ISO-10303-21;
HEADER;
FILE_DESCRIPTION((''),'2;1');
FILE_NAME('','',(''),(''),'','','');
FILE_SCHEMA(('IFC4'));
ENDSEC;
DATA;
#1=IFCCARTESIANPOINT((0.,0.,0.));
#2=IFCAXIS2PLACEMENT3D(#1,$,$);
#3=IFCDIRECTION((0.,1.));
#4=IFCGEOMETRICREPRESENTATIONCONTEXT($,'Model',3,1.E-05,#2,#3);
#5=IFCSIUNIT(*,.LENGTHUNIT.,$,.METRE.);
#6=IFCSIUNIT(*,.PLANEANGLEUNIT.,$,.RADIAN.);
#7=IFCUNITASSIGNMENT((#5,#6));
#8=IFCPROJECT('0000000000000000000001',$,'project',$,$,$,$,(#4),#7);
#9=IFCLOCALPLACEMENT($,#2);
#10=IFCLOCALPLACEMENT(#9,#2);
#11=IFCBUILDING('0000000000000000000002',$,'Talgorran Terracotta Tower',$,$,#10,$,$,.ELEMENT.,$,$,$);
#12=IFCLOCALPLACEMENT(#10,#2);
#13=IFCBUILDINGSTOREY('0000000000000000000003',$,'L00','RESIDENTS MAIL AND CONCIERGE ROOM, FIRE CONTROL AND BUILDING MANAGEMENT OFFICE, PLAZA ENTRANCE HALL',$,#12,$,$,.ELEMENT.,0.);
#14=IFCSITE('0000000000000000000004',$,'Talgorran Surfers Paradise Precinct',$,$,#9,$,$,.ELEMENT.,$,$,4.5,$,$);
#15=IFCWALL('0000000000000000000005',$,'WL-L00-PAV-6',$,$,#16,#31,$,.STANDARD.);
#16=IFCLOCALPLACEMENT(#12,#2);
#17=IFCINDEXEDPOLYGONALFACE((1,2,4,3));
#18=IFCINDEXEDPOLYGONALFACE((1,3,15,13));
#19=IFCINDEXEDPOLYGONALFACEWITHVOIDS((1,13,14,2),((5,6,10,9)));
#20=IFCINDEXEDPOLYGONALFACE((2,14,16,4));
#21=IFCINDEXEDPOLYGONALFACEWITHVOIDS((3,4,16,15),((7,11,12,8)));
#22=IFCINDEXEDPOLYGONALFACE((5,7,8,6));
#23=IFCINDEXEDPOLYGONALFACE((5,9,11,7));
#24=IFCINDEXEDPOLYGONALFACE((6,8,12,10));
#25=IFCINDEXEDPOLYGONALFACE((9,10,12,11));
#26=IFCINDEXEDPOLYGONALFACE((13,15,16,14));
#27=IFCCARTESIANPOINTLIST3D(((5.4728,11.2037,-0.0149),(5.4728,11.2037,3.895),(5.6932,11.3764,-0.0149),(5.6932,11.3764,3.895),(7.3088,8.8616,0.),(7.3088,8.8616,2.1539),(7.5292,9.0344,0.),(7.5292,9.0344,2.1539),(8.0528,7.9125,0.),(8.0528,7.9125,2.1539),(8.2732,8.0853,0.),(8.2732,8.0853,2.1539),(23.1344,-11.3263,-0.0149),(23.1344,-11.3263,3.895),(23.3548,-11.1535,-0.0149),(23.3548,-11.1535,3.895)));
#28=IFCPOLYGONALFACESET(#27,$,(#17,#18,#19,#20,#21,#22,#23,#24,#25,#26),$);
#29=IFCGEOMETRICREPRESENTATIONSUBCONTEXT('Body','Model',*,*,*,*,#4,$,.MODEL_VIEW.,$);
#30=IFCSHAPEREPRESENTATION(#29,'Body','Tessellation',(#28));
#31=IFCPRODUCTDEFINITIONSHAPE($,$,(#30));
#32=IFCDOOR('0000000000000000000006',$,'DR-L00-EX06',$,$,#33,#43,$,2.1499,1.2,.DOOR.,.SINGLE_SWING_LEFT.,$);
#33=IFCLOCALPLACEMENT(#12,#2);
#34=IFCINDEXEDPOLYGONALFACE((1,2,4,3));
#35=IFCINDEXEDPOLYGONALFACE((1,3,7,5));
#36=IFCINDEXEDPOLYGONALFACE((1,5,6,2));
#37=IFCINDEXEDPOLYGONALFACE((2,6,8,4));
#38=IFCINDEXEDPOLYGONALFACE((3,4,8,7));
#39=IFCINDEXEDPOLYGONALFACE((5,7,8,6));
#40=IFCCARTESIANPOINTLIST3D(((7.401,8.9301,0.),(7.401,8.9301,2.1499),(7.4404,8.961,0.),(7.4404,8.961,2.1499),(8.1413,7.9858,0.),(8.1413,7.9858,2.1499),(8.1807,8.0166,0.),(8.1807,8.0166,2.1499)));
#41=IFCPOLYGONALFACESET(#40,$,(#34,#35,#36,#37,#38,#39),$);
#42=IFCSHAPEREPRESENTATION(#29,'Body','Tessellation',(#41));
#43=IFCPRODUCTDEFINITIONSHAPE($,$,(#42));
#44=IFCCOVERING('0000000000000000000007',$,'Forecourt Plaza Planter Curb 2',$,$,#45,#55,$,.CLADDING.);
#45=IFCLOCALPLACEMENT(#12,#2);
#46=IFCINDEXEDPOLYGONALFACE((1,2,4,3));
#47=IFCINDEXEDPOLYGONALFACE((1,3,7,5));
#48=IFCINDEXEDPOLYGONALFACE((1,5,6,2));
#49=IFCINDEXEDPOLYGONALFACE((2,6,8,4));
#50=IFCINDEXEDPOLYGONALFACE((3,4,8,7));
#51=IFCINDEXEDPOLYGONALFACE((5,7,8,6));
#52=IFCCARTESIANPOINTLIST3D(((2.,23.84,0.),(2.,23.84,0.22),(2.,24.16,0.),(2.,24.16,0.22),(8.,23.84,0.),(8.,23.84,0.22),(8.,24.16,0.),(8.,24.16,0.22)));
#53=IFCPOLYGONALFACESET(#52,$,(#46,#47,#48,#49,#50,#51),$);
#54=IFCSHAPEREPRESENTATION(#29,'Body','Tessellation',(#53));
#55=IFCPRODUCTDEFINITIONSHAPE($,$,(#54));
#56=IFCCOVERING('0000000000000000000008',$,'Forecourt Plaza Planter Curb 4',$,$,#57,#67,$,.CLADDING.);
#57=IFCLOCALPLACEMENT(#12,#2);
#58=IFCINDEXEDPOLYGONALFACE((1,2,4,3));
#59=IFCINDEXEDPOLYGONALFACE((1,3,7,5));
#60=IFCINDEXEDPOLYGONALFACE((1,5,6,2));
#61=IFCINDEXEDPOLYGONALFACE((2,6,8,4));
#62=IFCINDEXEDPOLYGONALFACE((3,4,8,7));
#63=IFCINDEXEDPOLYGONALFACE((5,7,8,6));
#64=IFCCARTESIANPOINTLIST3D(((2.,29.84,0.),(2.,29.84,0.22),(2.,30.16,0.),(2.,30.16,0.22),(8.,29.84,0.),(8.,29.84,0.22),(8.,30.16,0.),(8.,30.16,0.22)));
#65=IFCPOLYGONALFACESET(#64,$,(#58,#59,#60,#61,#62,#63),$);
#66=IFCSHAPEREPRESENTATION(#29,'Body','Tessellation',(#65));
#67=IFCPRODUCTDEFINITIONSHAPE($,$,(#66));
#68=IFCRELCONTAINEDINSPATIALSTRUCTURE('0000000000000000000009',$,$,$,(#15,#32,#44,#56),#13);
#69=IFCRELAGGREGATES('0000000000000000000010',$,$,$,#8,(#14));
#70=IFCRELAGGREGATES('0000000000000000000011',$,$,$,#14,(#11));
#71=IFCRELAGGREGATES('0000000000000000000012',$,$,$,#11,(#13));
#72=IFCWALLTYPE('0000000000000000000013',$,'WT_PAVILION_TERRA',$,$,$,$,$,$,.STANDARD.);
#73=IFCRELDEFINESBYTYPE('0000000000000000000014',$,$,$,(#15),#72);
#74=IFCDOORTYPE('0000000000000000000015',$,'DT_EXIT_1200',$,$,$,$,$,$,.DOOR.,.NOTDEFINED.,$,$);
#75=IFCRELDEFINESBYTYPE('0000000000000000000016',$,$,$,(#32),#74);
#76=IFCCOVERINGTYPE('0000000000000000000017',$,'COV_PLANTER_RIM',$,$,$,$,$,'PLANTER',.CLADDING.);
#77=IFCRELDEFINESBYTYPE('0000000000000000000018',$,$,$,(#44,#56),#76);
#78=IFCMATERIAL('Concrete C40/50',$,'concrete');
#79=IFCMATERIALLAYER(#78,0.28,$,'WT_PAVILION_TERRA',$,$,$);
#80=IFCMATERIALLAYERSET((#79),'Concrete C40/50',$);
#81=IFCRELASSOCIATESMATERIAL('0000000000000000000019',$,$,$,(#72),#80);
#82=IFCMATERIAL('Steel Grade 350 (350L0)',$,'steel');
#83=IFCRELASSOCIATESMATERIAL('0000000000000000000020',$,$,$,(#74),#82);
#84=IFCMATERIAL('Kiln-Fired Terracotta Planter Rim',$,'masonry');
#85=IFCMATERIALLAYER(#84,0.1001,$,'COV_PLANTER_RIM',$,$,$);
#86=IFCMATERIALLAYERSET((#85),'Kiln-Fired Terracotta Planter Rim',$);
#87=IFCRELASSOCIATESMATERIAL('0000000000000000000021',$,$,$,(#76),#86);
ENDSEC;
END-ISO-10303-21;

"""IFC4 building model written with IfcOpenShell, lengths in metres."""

from ifc_helpers import new_model, si_unit, direction, frame, frame_2d, origin, origin_2d, place, context, subcontext, project, spatial, rectangle, extrude, material, layer, layer_set, type_object, element, fill, save


model = new_model("IFC4")

# Units and contexts
model_context = context("Model", 3, precision=1e-05, world=origin(), true_north=direction((0.0, 1.0)))
body_context = subcontext(model_context, "Body", "Model", "MODEL_VIEW")
ifc_project = project(units=[si_unit("LENGTHUNIT", "METRE"), si_unit("PLANEANGLEUNIT", "RADIAN")], contexts=[model_context])

# Site, building, storey
site_placement = place(None, origin())
site = spatial("IfcSite", under=ifc_project, at=site_placement, Name="Talgorran Surfers Paradise Precinct", CompositionType="ELEMENT", RefElevation=4.5)
building_placement = place(site_placement, origin())
building = spatial("IfcBuilding", under=site, at=building_placement, Name="Talgorran Terracotta Tower", CompositionType="ELEMENT")
storey_placement = place(building_placement, origin())
storey = spatial("IfcBuildingStorey", under=building, at=storey_placement, Name="L00", Description="RESIDENTS MAIL AND CONCIERGE ROOM, FIRE CONTROL AND BUILDING MANAGEMENT OFFICE, PLAZA ENTRANCE HALL", CompositionType="ELEMENT", Elevation=0.0)

# Shared definitions
ifc_material_1 = material(Name="Steel Grade 350 (350L0)", Category="steel")

# Wall, opening, door
ifc_material_2 = material(Name="Concrete C40/50", Category="concrete")
ifc_layer_1 = layer(ifc_material_2, 0.28, Name="WT_PAVILION_TERRA")
ifc_layer_set_1 = layer_set([ifc_layer_1], Name="Concrete C40/50")
wall_type_1 = type_object("IfcWallType", Name="WT_PAVILION_TERRA", PredefinedType="STANDARD", material=ifc_layer_set_1)
wall_1_placement = place(storey_placement, frame((5.583, 11.29, -0.0149), z_axis=(0.0, 0.0, 1.0), x_axis=(0.616945, -0.787006, 0.0)))
wall_1 = element("IfcWall", 1, at=wall_1_placement, inside=storey, type_object=wall_type_1, Name="WL-L00-PAV-6", PredefinedType="STANDARD", context=body_context, shape_type="SweptSolid", body=[
    extrude(rectangle(XDim=28.6274, YDim=0.28, at=frame_2d((14.3137, 0.0))), origin(), (0.0, 0.0, 1.0), 3.9099),
])
opening_1_placement = place(wall_1_placement, frame((2.9788, 0.0, 0.0149)))
opening_1 = element("IfcOpeningElement", 2, at=opening_1_placement, cuts=wall_1, PredefinedType="OPENING", context=body_context, shape_type="SweptSolid", body=[
    extrude(rectangle(XDim=1.206, YDim=2.1539, at=frame_2d((0.6001, 1.0769))), frame((0.0, 0.1499, 0.0), z_axis=(0.0, -1.0, 0.0), x_axis=(1.0, 0.0, 0.0)), (0.0, 0.0, 1.0), 0.3),
])
door_type_1 = type_object("IfcDoorType", Name="DT_EXIT_1200", OperationType="NOTDEFINED", PredefinedType="DOOR", material=ifc_material_1)
door_1_placement = place(opening_1_placement, origin())
door_1 = element("IfcDoor", 3, at=door_1_placement, inside=storey, type_object=door_type_1, Name="DR-L00-EX06", OperationType="SINGLE_SWING_LEFT", OverallHeight=2.1499, OverallWidth=1.2, PredefinedType="DOOR", context=body_context, shape_type="SweptSolid", body=[
    extrude(rectangle(XDim=1.2, YDim=2.1499, at=frame_2d((0.6001, 1.075))), frame((0.0, 0.0249, 0.0), z_axis=(0.0, -1.0, 0.0), x_axis=(1.0, 0.0, 0.0)), (0.0, 0.0, 1.0), 0.05),
])
fill(opening_1, door_1)

# Coverings
ifc_material_3 = material(Name="Kiln-Fired Terracotta Planter Rim", Category="masonry")
ifc_layer_2 = layer(ifc_material_3, 0.1001, Name="COV_PLANTER_RIM")
ifc_layer_set_2 = layer_set([ifc_layer_2], Name="Kiln-Fired Terracotta Planter Rim")
covering_type = type_object("IfcCoveringType", Name="COV_PLANTER_RIM", ElementType="PLANTER", PredefinedType="CLADDING", material=ifc_layer_set_2)
for number, where, z_axis, x_axis, name in (
    (4, (5.0, 24.0, 0.0), (0.0, 0.0, 1.0), (1.0, 0.0, 0.0), "Forecourt Plaza Planter Curb 2"),
    (5, (5.0, 30.0, 0.0), (0.0, 0.0, 1.0), (1.0, 0.0, 0.0), "Forecourt Plaza Planter Curb 4"),
):
    element("IfcCovering", number, at=place(storey_placement, frame(where, z_axis=z_axis, x_axis=x_axis)), inside=storey, type_object=covering_type, Name=name, PredefinedType="CLADDING", context=body_context, shape_type="SweptSolid", body=[
        extrude(rectangle(XDim=6.0, YDim=0.3201, at=origin_2d()), origin(), (0.0, 0.0, 1.0), 0.22),
    ])

save(model, "model.ifc")
